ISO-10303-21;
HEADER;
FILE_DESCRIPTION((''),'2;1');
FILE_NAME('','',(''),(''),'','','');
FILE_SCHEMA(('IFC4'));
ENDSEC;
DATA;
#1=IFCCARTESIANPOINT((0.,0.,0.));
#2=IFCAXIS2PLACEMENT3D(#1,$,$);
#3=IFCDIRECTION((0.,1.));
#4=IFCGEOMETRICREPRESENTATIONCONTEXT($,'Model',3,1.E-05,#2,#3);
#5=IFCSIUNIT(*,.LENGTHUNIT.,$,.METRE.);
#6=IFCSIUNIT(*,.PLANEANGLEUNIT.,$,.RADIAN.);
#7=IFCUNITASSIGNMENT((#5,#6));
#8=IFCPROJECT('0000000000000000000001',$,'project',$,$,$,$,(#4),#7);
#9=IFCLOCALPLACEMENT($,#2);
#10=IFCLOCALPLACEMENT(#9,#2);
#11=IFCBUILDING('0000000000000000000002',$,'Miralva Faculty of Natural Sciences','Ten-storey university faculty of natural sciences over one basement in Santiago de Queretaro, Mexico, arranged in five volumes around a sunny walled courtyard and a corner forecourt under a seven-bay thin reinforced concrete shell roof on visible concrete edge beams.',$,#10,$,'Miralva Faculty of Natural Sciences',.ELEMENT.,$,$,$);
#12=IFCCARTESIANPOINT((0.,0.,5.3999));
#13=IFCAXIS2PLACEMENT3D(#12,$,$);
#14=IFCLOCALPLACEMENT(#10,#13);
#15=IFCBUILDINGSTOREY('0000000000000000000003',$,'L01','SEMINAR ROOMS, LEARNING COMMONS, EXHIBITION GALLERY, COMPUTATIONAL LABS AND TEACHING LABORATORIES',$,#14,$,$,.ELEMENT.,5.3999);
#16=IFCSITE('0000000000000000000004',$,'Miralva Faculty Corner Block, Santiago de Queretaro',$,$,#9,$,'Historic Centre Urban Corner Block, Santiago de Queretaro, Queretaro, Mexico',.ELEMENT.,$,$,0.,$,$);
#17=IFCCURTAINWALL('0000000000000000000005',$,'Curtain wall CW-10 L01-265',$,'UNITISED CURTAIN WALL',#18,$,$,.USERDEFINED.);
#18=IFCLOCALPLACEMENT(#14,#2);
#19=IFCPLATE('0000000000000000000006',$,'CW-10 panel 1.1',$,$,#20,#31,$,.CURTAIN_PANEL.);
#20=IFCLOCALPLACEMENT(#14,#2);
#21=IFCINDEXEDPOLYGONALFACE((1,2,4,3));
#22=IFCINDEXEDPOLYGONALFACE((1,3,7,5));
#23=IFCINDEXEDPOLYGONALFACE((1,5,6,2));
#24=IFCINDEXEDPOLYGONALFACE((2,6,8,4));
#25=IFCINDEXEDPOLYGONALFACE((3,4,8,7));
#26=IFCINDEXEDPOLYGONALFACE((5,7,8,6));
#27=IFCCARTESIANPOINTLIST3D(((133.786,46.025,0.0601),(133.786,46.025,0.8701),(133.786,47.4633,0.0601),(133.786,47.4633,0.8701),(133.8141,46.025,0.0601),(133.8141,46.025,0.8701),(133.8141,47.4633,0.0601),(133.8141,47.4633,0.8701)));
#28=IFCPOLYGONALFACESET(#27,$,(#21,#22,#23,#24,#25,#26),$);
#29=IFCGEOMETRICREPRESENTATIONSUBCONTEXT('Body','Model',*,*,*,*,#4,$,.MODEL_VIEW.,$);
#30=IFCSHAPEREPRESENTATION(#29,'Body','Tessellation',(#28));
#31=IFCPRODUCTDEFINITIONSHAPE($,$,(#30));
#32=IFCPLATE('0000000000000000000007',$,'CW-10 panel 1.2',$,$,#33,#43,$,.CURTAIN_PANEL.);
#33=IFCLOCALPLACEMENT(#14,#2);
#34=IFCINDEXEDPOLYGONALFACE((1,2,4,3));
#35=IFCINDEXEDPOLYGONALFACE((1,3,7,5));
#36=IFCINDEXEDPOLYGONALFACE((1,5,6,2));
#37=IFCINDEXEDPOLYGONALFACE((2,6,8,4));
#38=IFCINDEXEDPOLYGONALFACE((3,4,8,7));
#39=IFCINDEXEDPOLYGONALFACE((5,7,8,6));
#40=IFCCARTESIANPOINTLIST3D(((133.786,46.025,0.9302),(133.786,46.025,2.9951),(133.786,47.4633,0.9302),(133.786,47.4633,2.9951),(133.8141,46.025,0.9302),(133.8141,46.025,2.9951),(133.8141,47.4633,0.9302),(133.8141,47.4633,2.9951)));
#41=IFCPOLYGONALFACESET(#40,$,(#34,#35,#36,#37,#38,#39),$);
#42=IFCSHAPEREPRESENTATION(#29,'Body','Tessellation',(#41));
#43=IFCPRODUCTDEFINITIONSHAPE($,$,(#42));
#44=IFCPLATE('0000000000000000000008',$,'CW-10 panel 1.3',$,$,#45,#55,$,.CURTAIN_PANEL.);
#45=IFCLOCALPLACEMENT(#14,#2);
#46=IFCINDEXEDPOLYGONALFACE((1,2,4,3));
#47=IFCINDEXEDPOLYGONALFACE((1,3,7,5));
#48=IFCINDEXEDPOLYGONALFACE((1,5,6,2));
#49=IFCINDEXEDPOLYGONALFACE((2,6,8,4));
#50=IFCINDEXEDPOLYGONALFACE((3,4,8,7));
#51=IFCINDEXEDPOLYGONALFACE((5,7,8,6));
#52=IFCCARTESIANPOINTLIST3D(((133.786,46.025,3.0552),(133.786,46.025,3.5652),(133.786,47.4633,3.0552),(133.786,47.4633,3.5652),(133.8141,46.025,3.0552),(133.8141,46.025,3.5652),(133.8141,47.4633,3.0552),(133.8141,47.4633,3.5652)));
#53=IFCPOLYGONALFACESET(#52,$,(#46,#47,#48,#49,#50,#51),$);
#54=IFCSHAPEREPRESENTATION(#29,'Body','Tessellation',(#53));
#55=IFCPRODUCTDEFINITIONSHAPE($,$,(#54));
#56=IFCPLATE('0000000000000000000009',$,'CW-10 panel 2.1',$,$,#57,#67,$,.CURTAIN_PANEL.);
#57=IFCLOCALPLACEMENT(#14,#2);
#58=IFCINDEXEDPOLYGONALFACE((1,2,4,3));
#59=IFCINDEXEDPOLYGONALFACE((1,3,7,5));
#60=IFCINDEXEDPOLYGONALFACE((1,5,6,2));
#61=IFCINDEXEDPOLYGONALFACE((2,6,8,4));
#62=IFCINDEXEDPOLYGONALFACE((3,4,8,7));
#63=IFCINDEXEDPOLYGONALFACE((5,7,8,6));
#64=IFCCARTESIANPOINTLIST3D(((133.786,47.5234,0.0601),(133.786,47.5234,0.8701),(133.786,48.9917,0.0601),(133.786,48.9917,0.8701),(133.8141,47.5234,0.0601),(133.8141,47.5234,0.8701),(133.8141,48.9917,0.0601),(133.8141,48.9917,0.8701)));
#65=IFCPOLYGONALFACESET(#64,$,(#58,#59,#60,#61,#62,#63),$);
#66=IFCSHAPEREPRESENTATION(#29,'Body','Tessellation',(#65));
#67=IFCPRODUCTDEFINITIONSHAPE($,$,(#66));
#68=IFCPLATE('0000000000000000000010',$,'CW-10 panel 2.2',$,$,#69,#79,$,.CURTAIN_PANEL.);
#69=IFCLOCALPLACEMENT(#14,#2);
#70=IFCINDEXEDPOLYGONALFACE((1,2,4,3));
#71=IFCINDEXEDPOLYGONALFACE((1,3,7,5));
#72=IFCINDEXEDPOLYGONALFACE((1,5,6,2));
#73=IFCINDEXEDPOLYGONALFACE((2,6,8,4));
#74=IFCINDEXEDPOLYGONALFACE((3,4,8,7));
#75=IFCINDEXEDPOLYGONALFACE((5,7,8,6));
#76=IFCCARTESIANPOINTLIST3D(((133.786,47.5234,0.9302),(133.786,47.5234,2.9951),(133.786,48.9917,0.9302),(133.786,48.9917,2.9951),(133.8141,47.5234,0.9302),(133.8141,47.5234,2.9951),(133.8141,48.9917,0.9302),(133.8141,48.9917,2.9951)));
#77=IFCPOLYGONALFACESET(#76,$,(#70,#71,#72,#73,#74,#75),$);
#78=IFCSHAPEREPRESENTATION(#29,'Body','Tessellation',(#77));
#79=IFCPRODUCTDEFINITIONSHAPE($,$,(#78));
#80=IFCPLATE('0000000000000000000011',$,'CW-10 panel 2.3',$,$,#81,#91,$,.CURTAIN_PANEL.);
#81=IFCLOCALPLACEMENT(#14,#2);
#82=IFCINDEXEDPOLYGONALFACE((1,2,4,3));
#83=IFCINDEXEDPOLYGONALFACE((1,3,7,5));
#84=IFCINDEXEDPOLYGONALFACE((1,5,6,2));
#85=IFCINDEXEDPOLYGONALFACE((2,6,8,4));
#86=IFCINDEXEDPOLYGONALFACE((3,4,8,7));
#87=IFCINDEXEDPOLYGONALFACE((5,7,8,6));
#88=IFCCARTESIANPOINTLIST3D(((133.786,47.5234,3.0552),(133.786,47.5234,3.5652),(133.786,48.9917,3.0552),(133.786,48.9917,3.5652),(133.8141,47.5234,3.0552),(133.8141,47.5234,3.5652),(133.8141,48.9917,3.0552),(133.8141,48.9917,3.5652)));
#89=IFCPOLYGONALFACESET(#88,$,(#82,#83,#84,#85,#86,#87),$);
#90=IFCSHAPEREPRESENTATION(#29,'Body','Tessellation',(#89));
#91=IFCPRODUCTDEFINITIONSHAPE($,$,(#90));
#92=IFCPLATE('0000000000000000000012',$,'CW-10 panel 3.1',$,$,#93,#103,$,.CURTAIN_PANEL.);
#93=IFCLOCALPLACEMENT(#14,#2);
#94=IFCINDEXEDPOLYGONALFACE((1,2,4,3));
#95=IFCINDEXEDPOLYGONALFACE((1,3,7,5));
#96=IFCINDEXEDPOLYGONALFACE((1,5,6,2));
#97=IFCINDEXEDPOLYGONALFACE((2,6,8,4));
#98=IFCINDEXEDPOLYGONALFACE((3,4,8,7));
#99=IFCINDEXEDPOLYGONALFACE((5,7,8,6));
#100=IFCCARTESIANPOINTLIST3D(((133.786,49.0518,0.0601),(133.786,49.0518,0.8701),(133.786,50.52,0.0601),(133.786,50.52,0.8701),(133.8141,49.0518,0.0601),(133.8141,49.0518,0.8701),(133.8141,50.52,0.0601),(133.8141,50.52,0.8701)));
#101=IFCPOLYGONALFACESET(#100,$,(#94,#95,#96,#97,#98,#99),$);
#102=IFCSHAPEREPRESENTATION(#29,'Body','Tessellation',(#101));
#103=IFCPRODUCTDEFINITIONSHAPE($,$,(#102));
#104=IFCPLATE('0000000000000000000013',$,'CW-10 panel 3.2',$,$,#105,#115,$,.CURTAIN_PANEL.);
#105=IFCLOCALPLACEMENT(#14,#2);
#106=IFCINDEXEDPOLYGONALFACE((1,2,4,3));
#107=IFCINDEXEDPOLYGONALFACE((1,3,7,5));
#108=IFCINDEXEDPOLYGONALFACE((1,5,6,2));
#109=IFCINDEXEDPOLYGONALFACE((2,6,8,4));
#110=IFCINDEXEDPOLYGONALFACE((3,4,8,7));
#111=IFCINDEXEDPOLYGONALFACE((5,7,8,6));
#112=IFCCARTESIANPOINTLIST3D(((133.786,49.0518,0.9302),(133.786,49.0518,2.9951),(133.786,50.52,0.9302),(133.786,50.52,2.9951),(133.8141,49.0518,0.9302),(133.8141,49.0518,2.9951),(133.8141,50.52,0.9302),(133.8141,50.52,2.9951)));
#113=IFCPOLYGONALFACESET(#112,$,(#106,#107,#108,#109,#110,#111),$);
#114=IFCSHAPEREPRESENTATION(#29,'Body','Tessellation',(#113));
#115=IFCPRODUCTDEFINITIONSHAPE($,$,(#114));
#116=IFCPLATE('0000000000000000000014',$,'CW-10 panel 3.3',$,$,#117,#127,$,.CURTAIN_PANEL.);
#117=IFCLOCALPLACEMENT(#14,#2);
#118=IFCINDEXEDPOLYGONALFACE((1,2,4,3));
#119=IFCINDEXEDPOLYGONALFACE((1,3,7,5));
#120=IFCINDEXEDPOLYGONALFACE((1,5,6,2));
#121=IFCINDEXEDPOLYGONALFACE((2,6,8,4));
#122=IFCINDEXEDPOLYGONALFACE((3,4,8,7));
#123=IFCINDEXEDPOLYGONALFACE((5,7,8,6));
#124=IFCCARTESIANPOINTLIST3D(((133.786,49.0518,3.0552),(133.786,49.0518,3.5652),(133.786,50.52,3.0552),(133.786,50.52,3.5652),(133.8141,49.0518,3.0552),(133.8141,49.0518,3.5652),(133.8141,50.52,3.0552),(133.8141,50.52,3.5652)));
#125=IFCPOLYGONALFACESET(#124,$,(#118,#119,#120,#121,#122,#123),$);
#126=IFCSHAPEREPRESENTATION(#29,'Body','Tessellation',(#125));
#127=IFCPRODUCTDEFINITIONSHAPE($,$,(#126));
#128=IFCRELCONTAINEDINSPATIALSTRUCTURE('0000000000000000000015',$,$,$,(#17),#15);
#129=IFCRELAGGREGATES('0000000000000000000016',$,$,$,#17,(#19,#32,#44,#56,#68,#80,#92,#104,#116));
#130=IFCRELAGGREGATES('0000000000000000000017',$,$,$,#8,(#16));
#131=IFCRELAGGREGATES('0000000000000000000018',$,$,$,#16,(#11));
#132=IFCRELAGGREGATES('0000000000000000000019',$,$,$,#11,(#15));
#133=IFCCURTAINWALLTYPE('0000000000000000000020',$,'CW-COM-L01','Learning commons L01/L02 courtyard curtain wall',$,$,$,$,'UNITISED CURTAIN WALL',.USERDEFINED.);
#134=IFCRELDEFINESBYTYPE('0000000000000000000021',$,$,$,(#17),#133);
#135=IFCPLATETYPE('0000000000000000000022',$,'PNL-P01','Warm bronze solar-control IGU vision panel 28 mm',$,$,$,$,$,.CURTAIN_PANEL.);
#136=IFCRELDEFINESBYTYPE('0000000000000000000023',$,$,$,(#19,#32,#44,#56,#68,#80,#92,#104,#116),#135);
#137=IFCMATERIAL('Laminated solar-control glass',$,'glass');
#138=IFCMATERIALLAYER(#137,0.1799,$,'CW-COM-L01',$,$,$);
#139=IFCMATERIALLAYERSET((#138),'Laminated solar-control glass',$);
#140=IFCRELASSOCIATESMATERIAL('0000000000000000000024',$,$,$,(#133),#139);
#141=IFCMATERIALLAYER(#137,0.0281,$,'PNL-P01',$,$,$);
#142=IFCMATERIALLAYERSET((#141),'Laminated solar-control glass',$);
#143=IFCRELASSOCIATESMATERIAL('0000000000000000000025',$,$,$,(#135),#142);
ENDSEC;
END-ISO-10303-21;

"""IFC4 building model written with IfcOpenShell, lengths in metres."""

from ifc_helpers import new_model, si_unit, direction, frame, origin, origin_2d, place, context, subcontext, project, spatial, rectangle, extrude, material, layer, layer_set, type_object, element, aggregate, save


model = new_model("IFC4")

# Units and contexts
model_context = context("Model", 3, precision=1e-05, world=origin(), true_north=direction((0.0, 1.0)))
body_context = subcontext(model_context, "Body", "Model", "MODEL_VIEW")
ifc_project = project(units=[si_unit("LENGTHUNIT", "METRE"), si_unit("PLANEANGLEUNIT", "RADIAN")], contexts=[model_context])

# Site, building, storey
site_placement = place(None, origin())
site = spatial("IfcSite", under=ifc_project, at=site_placement, Name="Miralva Faculty Corner Block, Santiago de Queretaro", LongName="Historic Centre Urban Corner Block, Santiago de Queretaro, Queretaro, Mexico", CompositionType="ELEMENT", RefElevation=0.0)
building_placement = place(site_placement, origin())
building = spatial("IfcBuilding", under=site, at=building_placement, Name="Miralva Faculty of Natural Sciences", Description="Ten-storey university faculty of natural sciences over one basement in Santiago de Queretaro, Mexico, arranged in five volumes around a sunny walled courtyard and a corner forecourt under a seven-bay thin reinforced concrete shell roof on visible concrete edge beams.", LongName="Miralva Faculty of Natural Sciences", CompositionType="ELEMENT")
storey_placement = place(building_placement, frame((0.0, 0.0, 5.3999)))
storey = spatial("IfcBuildingStorey", under=building, at=storey_placement, Name="L01", Description="SEMINAR ROOMS, LEARNING COMMONS, EXHIBITION GALLERY, COMPUTATIONAL LABS AND TEACHING LABORATORIES", CompositionType="ELEMENT", Elevation=5.3999)

# Shared definitions
ifc_material_1 = material(Name="Laminated solar-control glass", Category="glass")
ifc_layer_1 = layer(ifc_material_1, 0.1799, Name="CW-COM-L01")
ifc_layer_set_1 = layer_set([ifc_layer_1], Name="Laminated solar-control glass")
curtain_wall_type = type_object("IfcCurtainWallType", Name="CW-COM-L01", Description="Learning commons L01/L02 courtyard curtain wall", ElementType="UNITISED CURTAIN WALL", PredefinedType="USERDEFINED", material=ifc_layer_set_1)

# Curtain wall
curtain_wall_1_placement = place(storey_placement, origin())
curtain_wall_1 = element("IfcCurtainWall", 1, at=curtain_wall_1_placement, inside=storey, type_object=curtain_wall_type, Name="Curtain wall CW-10 L01-265", ObjectType="UNITISED CURTAIN WALL", PredefinedType="USERDEFINED")

# Plates
ifc_layer_2 = layer(ifc_material_1, 0.0281, Name="PNL-P01")
ifc_layer_set_2 = layer_set([ifc_layer_2], Name="Laminated solar-control glass")
plate_type = type_object("IfcPlateType", Name="PNL-P01", Description="Warm bronze solar-control IGU vision panel 28 mm", PredefinedType="CURTAIN_PANEL", material=ifc_layer_set_2)
plate_1_placement = place(storey_placement, frame((133.8, 46.7441, 0.0601), z_axis=(0.0, 0.0, 1.0), x_axis=(0.0, 1.0, 0.0)))
plate_1 = element("IfcPlate", 2, at=plate_1_placement, type_object=plate_type, Name="CW-10 panel 1.1", PredefinedType="CURTAIN_PANEL", context=body_context, shape_type="SweptSolid", body=[
    extrude(rectangle(XDim=1.4382, YDim=0.0281, at=origin_2d()), origin(), (0.0, 0.0, 1.0), 0.8101),
])
plate_2_placement = place(storey_placement, frame((133.8, 46.7441, 0.9302), z_axis=(0.0, 0.0, 1.0), x_axis=(0.0, 1.0, 0.0)))
plate_2 = element("IfcPlate", 3, at=plate_2_placement, type_object=plate_type, Name="CW-10 panel 1.2", PredefinedType="CURTAIN_PANEL", context=body_context, shape_type="SweptSolid", body=[
    extrude(rectangle(XDim=1.4382, YDim=0.0281, at=origin_2d()), origin(), (0.0, 0.0, 1.0), 2.0649),
])
plate_3_placement = place(storey_placement, frame((133.8, 46.7441, 3.0552), z_axis=(0.0, 0.0, 1.0), x_axis=(0.0, 1.0, 0.0)))
plate_3 = element("IfcPlate", 4, at=plate_3_placement, type_object=plate_type, Name="CW-10 panel 1.3", PredefinedType="CURTAIN_PANEL", context=body_context, shape_type="SweptSolid", body=[
    extrude(rectangle(XDim=1.4382, YDim=0.0281, at=origin_2d()), origin(), (0.0, 0.0, 1.0), 0.51),
])
plate_4_placement = place(storey_placement, frame((133.8, 48.2576, 0.0601), z_axis=(0.0, 0.0, 1.0), x_axis=(0.0, 1.0, 0.0)))
plate_4 = element("IfcPlate", 5, at=plate_4_placement, type_object=plate_type, Name="CW-10 panel 2.1", PredefinedType="CURTAIN_PANEL", context=body_context, shape_type="SweptSolid", body=[
    extrude(rectangle(XDim=1.4683, YDim=0.0281, at=origin_2d()), origin(), (0.0, 0.0, 1.0), 0.8101),
])
plate_5_placement = place(storey_placement, frame((133.8, 48.2576, 0.9302), z_axis=(0.0, 0.0, 1.0), x_axis=(0.0, 1.0, 0.0)))
plate_5 = element("IfcPlate", 6, at=plate_5_placement, type_object=plate_type, Name="CW-10 panel 2.2", PredefinedType="CURTAIN_PANEL", context=body_context, shape_type="SweptSolid", body=[
    extrude(rectangle(XDim=1.4683, YDim=0.0281, at=origin_2d()), origin(), (0.0, 0.0, 1.0), 2.0649),
])
plate_6_placement = place(storey_placement, frame((133.8, 48.2576, 3.0552), z_axis=(0.0, 0.0, 1.0), x_axis=(0.0, 1.0, 0.0)))
plate_6 = element("IfcPlate", 7, at=plate_6_placement, type_object=plate_type, Name="CW-10 panel 2.3", PredefinedType="CURTAIN_PANEL", context=body_context, shape_type="SweptSolid", body=[
    extrude(rectangle(XDim=1.4683, YDim=0.0281, at=origin_2d()), origin(), (0.0, 0.0, 1.0), 0.51),
])
plate_7_placement = place(storey_placement, frame((133.8, 49.7859, 0.0601), z_axis=(0.0, 0.0, 1.0), x_axis=(0.0, 1.0, 0.0)))
plate_7 = element("IfcPlate", 8, at=plate_7_placement, type_object=plate_type, Name="CW-10 panel 3.1", PredefinedType="CURTAIN_PANEL", context=body_context, shape_type="SweptSolid", body=[
    extrude(rectangle(XDim=1.4683, YDim=0.0281, at=origin_2d()), origin(), (0.0, 0.0, 1.0), 0.8101),
])
plate_8_placement = place(storey_placement, frame((133.8, 49.7859, 0.9302), z_axis=(0.0, 0.0, 1.0), x_axis=(0.0, 1.0, 0.0)))
plate_8 = element("IfcPlate", 9, at=plate_8_placement, type_object=plate_type, Name="CW-10 panel 3.2", PredefinedType="CURTAIN_PANEL", context=body_context, shape_type="SweptSolid", body=[
    extrude(rectangle(XDim=1.4683, YDim=0.0281, at=origin_2d()), origin(), (0.0, 0.0, 1.0), 2.0649),
])
plate_9_placement = place(storey_placement, frame((133.8, 49.7859, 3.0552), z_axis=(0.0, 0.0, 1.0), x_axis=(0.0, 1.0, 0.0)))
plate_9 = element("IfcPlate", 10, at=plate_9_placement, type_object=plate_type, Name="CW-10 panel 3.3", PredefinedType="CURTAIN_PANEL", context=body_context, shape_type="SweptSolid", body=[
    extrude(rectangle(XDim=1.4683, YDim=0.0281, at=origin_2d()), origin(), (0.0, 0.0, 1.0), 0.51),
])
aggregate(curtain_wall_1, [plate_1, plate_2, plate_3, plate_4, plate_5, plate_6, plate_7, plate_8, plate_9])

save(model, "model.ifc")
